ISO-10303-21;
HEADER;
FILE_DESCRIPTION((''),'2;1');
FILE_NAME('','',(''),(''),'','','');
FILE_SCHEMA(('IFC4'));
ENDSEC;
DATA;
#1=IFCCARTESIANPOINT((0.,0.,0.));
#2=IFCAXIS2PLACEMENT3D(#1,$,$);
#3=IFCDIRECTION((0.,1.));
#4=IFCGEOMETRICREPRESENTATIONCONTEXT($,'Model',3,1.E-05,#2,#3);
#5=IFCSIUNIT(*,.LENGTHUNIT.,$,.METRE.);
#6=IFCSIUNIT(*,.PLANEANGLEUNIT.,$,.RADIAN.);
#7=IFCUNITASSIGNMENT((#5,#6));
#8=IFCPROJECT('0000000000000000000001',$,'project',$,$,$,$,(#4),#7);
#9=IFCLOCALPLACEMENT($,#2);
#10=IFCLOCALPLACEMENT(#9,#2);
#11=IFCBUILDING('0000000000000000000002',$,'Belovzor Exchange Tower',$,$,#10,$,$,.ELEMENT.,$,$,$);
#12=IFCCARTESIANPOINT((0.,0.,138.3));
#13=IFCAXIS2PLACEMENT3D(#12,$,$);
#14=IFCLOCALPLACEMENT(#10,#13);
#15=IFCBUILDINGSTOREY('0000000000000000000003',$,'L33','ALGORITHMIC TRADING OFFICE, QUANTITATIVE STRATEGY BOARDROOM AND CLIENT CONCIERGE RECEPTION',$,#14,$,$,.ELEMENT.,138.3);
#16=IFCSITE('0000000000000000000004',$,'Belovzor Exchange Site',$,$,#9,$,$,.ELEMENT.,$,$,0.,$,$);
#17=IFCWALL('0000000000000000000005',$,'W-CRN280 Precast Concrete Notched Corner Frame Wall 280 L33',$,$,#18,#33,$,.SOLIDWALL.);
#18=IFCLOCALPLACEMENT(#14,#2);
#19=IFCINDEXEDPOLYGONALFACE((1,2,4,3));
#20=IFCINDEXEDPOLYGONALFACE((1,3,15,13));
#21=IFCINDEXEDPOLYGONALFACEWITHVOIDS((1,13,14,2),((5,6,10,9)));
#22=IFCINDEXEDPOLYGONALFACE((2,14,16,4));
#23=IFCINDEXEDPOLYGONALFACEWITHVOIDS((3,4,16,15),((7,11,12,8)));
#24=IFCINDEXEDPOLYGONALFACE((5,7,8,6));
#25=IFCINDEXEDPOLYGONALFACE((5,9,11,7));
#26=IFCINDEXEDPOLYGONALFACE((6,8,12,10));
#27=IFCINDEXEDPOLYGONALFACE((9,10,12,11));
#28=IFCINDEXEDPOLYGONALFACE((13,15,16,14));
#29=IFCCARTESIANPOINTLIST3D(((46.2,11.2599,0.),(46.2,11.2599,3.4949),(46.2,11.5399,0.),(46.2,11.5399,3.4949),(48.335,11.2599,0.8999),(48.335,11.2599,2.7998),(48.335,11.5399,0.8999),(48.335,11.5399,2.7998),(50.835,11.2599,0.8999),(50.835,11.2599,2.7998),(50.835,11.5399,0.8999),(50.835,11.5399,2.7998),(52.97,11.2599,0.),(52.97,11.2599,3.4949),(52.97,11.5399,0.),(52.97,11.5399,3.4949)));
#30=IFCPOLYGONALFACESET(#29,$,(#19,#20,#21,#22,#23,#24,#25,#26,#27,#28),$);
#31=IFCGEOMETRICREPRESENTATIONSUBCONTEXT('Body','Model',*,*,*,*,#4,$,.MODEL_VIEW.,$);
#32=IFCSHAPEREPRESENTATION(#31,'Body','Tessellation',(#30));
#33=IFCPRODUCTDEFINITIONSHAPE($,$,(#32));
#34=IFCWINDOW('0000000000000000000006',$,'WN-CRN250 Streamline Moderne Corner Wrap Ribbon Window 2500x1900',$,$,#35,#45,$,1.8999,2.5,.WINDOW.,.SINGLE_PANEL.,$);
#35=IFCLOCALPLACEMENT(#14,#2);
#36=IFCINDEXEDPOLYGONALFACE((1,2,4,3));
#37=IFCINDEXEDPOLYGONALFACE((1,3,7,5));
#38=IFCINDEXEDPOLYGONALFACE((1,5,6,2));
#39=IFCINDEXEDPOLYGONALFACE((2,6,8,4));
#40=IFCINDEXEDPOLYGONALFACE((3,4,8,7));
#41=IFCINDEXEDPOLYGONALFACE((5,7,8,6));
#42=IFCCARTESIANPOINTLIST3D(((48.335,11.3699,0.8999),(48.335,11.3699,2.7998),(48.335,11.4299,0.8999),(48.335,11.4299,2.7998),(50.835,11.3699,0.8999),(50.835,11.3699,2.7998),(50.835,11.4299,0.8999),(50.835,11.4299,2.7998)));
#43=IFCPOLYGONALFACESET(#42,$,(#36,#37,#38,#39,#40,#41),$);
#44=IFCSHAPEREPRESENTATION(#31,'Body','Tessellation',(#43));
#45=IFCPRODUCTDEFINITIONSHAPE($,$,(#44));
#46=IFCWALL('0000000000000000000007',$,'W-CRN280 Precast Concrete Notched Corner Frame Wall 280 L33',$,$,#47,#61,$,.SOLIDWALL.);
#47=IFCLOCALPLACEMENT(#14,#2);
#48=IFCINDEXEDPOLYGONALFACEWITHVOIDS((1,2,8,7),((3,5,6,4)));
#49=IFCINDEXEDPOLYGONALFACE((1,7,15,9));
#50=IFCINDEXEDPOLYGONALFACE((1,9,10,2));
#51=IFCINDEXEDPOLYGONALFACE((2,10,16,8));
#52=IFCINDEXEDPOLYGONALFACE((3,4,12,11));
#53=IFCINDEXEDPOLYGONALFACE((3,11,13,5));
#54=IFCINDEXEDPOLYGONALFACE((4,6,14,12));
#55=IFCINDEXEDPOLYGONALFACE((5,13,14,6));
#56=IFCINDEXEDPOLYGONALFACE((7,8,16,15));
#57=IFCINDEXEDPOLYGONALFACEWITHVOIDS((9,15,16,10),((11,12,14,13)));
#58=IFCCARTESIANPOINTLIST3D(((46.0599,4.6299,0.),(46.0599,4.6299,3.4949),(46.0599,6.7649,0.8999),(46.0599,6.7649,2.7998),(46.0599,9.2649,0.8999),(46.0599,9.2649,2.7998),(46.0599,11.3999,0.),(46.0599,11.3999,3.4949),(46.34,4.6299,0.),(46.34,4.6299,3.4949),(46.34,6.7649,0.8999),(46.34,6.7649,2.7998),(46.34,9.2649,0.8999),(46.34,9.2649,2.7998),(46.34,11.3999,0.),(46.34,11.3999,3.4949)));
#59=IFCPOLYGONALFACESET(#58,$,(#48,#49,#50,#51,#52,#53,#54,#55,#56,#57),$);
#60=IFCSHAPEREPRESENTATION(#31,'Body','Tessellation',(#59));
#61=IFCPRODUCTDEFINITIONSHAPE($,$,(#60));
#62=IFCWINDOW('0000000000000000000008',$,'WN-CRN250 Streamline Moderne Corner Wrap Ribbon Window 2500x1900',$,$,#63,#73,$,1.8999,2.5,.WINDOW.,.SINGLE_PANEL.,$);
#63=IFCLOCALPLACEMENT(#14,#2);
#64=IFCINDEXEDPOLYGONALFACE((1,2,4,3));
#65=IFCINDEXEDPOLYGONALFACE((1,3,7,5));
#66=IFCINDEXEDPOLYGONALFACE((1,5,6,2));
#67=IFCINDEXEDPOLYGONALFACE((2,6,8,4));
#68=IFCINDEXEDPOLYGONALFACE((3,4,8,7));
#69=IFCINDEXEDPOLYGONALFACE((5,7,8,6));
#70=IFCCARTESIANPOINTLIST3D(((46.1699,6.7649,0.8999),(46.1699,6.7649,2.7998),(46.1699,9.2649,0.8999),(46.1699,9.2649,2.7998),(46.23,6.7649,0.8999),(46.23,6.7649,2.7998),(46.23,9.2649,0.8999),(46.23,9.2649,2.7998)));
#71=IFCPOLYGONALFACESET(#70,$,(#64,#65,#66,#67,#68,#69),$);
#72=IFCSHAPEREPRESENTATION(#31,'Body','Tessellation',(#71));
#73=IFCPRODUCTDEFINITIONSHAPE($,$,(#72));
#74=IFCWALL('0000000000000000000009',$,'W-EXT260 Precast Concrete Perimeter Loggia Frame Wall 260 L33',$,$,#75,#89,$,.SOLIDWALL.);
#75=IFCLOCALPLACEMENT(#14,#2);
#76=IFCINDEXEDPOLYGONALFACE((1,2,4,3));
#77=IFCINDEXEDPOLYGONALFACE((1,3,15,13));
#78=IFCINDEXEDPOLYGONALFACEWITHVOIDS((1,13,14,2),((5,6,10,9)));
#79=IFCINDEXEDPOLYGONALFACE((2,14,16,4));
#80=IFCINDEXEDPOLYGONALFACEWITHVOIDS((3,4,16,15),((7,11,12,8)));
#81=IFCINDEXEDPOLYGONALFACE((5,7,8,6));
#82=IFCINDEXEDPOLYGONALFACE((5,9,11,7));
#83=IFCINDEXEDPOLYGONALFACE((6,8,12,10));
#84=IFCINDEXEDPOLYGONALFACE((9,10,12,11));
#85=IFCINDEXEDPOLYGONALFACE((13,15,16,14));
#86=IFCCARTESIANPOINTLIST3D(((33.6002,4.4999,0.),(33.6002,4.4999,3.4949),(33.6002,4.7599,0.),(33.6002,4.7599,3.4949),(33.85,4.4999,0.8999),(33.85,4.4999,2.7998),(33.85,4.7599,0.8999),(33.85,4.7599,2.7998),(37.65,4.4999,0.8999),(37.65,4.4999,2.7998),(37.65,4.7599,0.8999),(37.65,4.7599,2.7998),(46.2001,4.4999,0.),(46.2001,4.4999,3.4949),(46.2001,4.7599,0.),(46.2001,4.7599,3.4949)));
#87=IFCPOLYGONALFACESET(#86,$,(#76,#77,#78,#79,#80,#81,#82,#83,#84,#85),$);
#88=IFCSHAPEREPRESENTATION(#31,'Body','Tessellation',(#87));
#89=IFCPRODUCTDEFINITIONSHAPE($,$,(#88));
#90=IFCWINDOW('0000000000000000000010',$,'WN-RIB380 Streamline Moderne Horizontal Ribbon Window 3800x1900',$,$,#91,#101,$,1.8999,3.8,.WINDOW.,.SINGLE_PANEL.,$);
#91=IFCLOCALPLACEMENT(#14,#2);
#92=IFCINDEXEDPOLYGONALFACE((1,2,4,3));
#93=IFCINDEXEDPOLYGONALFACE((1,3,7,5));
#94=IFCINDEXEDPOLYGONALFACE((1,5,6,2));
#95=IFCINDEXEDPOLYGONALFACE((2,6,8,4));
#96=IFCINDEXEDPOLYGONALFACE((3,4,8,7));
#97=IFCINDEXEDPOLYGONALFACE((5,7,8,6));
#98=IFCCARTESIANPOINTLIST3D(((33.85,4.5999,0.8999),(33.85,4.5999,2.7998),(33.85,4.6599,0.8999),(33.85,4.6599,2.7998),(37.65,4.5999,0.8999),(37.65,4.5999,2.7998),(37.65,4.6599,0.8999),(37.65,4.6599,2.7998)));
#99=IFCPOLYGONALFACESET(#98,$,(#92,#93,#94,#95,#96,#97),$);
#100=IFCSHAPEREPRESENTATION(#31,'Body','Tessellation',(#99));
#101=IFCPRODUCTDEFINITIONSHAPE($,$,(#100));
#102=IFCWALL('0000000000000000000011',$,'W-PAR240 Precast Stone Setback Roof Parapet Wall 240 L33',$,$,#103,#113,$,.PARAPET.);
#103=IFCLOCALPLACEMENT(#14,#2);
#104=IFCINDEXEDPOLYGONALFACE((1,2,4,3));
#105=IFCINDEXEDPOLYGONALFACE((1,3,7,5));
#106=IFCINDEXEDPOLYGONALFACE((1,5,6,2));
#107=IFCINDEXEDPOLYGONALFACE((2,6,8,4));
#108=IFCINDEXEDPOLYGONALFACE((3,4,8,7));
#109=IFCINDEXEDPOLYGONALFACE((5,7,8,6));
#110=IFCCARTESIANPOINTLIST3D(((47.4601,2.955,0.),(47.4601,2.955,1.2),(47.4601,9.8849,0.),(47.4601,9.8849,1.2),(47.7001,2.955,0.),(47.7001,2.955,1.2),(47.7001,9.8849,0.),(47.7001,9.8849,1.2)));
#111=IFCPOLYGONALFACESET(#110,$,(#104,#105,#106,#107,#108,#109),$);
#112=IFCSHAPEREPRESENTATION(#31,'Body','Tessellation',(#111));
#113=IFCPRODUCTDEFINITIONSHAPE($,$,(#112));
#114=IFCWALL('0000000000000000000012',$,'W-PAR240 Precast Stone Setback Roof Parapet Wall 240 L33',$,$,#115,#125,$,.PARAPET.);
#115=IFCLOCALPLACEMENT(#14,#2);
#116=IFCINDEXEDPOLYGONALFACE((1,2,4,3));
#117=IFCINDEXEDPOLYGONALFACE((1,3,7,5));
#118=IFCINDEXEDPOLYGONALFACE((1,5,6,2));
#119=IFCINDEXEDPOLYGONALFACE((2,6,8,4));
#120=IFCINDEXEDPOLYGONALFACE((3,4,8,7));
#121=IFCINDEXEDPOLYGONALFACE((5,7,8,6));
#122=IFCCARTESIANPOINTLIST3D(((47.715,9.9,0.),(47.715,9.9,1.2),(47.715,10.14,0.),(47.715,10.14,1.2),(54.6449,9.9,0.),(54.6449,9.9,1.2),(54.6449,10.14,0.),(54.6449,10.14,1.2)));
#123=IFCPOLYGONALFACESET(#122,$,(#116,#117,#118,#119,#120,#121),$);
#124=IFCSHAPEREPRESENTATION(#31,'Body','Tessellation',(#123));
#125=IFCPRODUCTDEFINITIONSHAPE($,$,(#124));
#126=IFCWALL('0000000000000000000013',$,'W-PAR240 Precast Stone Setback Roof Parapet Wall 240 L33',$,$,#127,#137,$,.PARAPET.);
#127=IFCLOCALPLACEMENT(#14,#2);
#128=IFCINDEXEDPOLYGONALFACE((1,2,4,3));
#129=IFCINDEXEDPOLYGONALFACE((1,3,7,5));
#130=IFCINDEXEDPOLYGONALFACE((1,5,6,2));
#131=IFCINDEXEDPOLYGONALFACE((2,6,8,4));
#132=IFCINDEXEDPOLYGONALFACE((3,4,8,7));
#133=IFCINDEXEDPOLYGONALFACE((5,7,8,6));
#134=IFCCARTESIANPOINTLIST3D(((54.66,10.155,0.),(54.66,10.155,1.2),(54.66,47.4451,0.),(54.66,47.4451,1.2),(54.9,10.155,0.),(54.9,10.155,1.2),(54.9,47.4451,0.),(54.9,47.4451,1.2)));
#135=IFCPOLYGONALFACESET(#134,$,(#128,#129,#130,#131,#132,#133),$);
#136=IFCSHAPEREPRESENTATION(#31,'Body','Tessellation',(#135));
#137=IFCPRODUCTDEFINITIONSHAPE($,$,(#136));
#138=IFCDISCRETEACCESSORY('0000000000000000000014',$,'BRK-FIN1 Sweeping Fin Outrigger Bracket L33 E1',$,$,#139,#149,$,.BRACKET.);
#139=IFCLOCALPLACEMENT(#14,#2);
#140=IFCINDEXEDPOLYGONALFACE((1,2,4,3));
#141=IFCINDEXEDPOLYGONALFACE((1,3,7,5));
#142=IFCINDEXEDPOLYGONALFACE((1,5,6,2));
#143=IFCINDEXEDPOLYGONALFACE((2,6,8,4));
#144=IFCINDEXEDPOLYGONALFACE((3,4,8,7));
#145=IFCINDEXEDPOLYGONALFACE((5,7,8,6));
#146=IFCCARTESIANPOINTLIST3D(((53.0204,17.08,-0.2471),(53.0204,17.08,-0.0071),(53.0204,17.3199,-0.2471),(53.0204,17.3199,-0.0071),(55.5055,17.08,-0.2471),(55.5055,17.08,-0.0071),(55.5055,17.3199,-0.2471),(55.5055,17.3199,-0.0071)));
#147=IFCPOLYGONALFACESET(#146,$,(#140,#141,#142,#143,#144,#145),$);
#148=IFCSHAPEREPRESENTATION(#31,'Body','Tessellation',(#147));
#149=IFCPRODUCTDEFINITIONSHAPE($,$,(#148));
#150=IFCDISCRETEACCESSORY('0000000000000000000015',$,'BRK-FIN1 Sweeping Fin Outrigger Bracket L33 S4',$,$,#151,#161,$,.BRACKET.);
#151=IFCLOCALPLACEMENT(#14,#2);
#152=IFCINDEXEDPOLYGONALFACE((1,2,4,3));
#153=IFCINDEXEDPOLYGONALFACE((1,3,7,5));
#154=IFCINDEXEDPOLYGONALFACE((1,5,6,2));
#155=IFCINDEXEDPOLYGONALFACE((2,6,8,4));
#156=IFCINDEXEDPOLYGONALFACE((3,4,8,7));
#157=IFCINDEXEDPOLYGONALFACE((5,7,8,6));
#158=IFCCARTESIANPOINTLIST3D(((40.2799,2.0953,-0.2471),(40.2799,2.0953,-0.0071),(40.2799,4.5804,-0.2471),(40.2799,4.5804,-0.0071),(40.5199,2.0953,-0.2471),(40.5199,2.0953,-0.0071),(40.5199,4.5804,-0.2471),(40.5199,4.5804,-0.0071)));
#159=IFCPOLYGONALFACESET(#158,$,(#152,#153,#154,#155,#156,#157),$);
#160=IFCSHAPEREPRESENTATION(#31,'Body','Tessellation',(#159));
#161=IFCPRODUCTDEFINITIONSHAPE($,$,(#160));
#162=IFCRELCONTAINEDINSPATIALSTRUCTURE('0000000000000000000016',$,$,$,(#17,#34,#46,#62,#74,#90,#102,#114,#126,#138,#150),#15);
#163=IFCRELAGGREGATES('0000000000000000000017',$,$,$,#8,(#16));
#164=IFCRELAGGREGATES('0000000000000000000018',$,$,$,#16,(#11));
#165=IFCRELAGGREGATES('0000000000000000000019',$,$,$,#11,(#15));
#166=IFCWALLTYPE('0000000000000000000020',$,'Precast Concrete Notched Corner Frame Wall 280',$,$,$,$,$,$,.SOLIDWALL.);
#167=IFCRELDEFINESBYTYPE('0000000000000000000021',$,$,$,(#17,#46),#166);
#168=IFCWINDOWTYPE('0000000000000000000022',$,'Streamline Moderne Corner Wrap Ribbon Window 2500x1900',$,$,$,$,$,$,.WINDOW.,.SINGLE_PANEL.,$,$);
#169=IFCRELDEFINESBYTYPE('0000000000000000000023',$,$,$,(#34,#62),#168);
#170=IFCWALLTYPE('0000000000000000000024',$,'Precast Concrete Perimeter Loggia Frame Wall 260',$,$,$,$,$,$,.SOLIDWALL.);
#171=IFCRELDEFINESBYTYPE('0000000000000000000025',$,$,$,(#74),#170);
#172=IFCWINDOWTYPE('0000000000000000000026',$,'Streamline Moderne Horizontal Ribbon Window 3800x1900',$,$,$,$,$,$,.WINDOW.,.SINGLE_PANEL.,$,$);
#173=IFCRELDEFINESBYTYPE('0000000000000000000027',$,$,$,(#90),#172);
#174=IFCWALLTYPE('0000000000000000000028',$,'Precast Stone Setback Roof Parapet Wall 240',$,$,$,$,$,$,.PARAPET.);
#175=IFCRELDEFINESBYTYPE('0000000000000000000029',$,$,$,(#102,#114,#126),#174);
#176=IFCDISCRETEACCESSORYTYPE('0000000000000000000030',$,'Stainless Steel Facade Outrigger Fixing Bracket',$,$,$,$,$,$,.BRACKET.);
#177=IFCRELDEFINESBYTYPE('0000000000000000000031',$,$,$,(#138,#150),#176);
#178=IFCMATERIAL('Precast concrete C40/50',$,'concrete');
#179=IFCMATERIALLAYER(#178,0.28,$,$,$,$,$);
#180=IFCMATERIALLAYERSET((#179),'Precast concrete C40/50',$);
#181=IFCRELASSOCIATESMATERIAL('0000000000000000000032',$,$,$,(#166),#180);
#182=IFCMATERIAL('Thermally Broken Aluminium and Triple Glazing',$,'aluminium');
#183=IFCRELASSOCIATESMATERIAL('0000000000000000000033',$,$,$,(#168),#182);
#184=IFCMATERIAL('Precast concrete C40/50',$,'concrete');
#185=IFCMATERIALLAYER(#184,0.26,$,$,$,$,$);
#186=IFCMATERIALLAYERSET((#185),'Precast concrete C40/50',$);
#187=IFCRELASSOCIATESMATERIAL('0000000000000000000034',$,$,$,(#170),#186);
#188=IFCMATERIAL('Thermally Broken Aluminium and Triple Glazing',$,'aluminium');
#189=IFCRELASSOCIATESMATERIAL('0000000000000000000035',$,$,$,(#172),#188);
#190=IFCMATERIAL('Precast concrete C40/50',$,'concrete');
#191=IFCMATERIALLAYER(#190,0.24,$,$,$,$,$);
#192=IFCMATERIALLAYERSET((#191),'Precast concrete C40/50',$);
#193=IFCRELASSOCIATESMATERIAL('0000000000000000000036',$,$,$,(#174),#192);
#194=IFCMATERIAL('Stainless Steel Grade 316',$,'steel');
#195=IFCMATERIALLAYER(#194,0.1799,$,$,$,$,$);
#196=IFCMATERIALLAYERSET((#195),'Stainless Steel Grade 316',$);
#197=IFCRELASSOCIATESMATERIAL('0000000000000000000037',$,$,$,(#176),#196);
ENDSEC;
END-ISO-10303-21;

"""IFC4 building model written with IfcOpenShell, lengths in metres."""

from ifc_helpers import new_model, si_unit, direction, frame, frame_2d, origin, origin_2d, place, context, subcontext, project, spatial, rectangle, extrude, material, layer, layer_set, type_object, element, fill, save


model = new_model("IFC4")

# Units and contexts
model_context = context("Model", 3, precision=1e-05, world=origin(), true_north=direction((0.0, 1.0)))
body_context = subcontext(model_context, "Body", "Model", "MODEL_VIEW")
ifc_project = project(units=[si_unit("LENGTHUNIT", "METRE"), si_unit("PLANEANGLEUNIT", "RADIAN")], contexts=[model_context])

# Site, building, storey
site_placement = place(None, origin())
site = spatial("IfcSite", under=ifc_project, at=site_placement, Name="Belovzor Exchange Site", CompositionType="ELEMENT", RefElevation=0.0)
building_placement = place(site_placement, origin())
building = spatial("IfcBuilding", under=site, at=building_placement, Name="Belovzor Exchange Tower", CompositionType="ELEMENT")
storey_placement = place(building_placement, frame((0.0, 0.0, 138.3)))
storey = spatial("IfcBuildingStorey", under=building, at=storey_placement, Name="L33", Description="ALGORITHMIC TRADING OFFICE, QUANTITATIVE STRATEGY BOARDROOM AND CLIENT CONCIERGE RECEPTION", CompositionType="ELEMENT", Elevation=138.3)

# Walls, openings, windows
ifc_material_1 = material(Name="Precast concrete C40/50", Category="concrete")
ifc_layer_1 = layer(ifc_material_1, 0.28)
ifc_layer_set_1 = layer_set([ifc_layer_1], Name="Precast concrete C40/50")
wall_type_1 = type_object("IfcWallType", Name="Precast Concrete Notched Corner Frame Wall 280", PredefinedType="SOLIDWALL", material=ifc_layer_set_1)
wall_1_placement = place(storey_placement, frame((52.97, 11.3999, 0.0), z_axis=(0.0, 0.0, 1.0), x_axis=(-1.0, 0.0, 0.0)))
wall_1 = element("IfcWall", 1, at=wall_1_placement, inside=storey, type_object=wall_type_1, Name="W-CRN280 Precast Concrete Notched Corner Frame Wall 280 L33", PredefinedType="SOLIDWALL", context=body_context, shape_type="SweptSolid", body=[
    extrude(rectangle(XDim=6.77, YDim=0.28, at=frame_2d((3.385, 0.0))), origin(), (0.0, 0.0, 1.0), 3.4949),
])
opening_1_placement = place(wall_1_placement, frame((2.135, 0.0, 0.8999)))
opening_1 = element("IfcOpeningElement", 2, at=opening_1_placement, cuts=wall_1, PredefinedType="OPENING", context=body_context, shape_type="SweptSolid", body=[
    extrude(rectangle(XDim=2.5, YDim=1.8999, at=frame_2d((1.25, 0.95))), frame((0.0, 0.1499, 0.0), z_axis=(0.0, -1.0, 0.0), x_axis=(1.0, 0.0, 0.0)), (0.0, 0.0, 1.0), 0.3),
])
ifc_material_2 = material(Name="Thermally Broken Aluminium and Triple Glazing", Category="aluminium")
window_type_1 = type_object("IfcWindowType", Name="Streamline Moderne Corner Wrap Ribbon Window 2500x1900", PartitioningType="SINGLE_PANEL", PredefinedType="WINDOW", material=ifc_material_2)
window_1_placement = place(opening_1_placement, origin())
window_1 = element("IfcWindow", 3, at=window_1_placement, inside=storey, type_object=window_type_1, Name="WN-CRN250 Streamline Moderne Corner Wrap Ribbon Window 2500x1900", OverallHeight=1.8999, OverallWidth=2.5, PartitioningType="SINGLE_PANEL", PredefinedType="WINDOW", context=body_context, shape_type="SweptSolid", body=[
    extrude(rectangle(XDim=2.5, YDim=1.8999, at=frame_2d((1.25, 0.95))), frame((0.0, 0.03, 0.0), z_axis=(0.0, -1.0, 0.0), x_axis=(1.0, 0.0, 0.0)), (0.0, 0.0, 1.0), 0.0601),
])
fill(opening_1, window_1)
wall_2_placement = place(storey_placement, frame((46.2, 11.3999, 0.0), z_axis=(0.0, 0.0, 1.0), x_axis=(0.0, -1.0, 0.0)))
wall_2 = element("IfcWall", 4, at=wall_2_placement, inside=storey, type_object=wall_type_1, Name="W-CRN280 Precast Concrete Notched Corner Frame Wall 280 L33", PredefinedType="SOLIDWALL", context=body_context, shape_type="SweptSolid", body=[
    extrude(rectangle(XDim=6.77, YDim=0.28, at=frame_2d((3.385, 0.0))), origin(), (0.0, 0.0, 1.0), 3.4949),
])
opening_2_placement = place(wall_2_placement, frame((2.135, 0.0, 0.8999)))
opening_2 = element("IfcOpeningElement", 5, at=opening_2_placement, cuts=wall_2, PredefinedType="OPENING", context=body_context, shape_type="SweptSolid", body=[
    extrude(rectangle(XDim=2.5, YDim=1.8999, at=frame_2d((1.25, 0.95))), frame((0.0, 0.1499, 0.0), z_axis=(0.0, -1.0, 0.0), x_axis=(1.0, 0.0, 0.0)), (0.0, 0.0, 1.0), 0.3),
])
window_2_placement = place(opening_2_placement, origin())
window_2 = element("IfcWindow", 6, at=window_2_placement, inside=storey, type_object=window_type_1, Name="WN-CRN250 Streamline Moderne Corner Wrap Ribbon Window 2500x1900", OverallHeight=1.8999, OverallWidth=2.5, PartitioningType="SINGLE_PANEL", PredefinedType="WINDOW", context=body_context, shape_type="SweptSolid", body=[
    extrude(rectangle(XDim=2.5, YDim=1.8999, at=frame_2d((1.25, 0.95))), frame((0.0, 0.03, 0.0), z_axis=(0.0, -1.0, 0.0), x_axis=(1.0, 0.0, 0.0)), (0.0, 0.0, 1.0), 0.0601),
])
fill(opening_2, window_2)
ifc_material_3 = material(Name="Precast concrete C40/50", Category="concrete")
ifc_layer_2 = layer(ifc_material_3, 0.26)
ifc_layer_set_2 = layer_set([ifc_layer_2], Name="Precast concrete C40/50")
wall_type_2 = type_object("IfcWallType", Name="Precast Concrete Perimeter Loggia Frame Wall 260", PredefinedType="SOLIDWALL", material=ifc_layer_set_2)
wall_3_placement = place(storey_placement, frame((46.2, 4.6299, 0.0), z_axis=(0.0, 0.0, 1.0), x_axis=(-1.0, 0.0, 0.0)))
wall_3 = element("IfcWall", 7, at=wall_3_placement, inside=storey, type_object=wall_type_2, Name="W-EXT260 Precast Concrete Perimeter Loggia Frame Wall 260 L33", PredefinedType="SOLIDWALL", context=body_context, shape_type="SweptSolid", body=[
    extrude(rectangle(XDim=12.5999, YDim=0.26, at=frame_2d((6.2998, 0.0))), origin(), (0.0, 0.0, 1.0), 3.4949),
])
opening_3_placement = place(wall_3_placement, frame((8.55, 0.0, 0.8999)))
opening_3 = element("IfcOpeningElement", 8, at=opening_3_placement, cuts=wall_3, PredefinedType="OPENING", context=body_context, shape_type="SweptSolid", body=[
    extrude(rectangle(XDim=3.8, YDim=1.8999, at=frame_2d((1.8999, 0.95))), frame((0.0, 0.1399, 0.0), z_axis=(0.0, -1.0, 0.0), x_axis=(1.0, 0.0, 0.0)), (0.0, 0.0, 1.0), 0.28),
])
ifc_material_4 = material(Name="Thermally Broken Aluminium and Triple Glazing", Category="aluminium")
window_type_2 = type_object("IfcWindowType", Name="Streamline Moderne Horizontal Ribbon Window 3800x1900", PartitioningType="SINGLE_PANEL", PredefinedType="WINDOW", material=ifc_material_4)
window_3_placement = place(opening_3_placement, origin())
window_3 = element("IfcWindow", 9, at=window_3_placement, inside=storey, type_object=window_type_2, Name="WN-RIB380 Streamline Moderne Horizontal Ribbon Window 3800x1900", OverallHeight=1.8999, OverallWidth=3.8, PartitioningType="SINGLE_PANEL", PredefinedType="WINDOW", context=body_context, shape_type="SweptSolid", body=[
    extrude(rectangle(XDim=3.8, YDim=1.8999, at=frame_2d((1.8999, 0.95))), frame((0.0, 0.03, 0.0), z_axis=(0.0, -1.0, 0.0), x_axis=(1.0, 0.0, 0.0)), (0.0, 0.0, 1.0), 0.0601),
])
fill(opening_3, window_3)

# Walls
ifc_material_5 = material(Name="Precast concrete C40/50", Category="concrete")
ifc_layer_3 = layer(ifc_material_5, 0.24)
ifc_layer_set_3 = layer_set([ifc_layer_3], Name="Precast concrete C40/50")
wall_type_3 = type_object("IfcWallType", Name="Precast Stone Setback Roof Parapet Wall 240", PredefinedType="PARAPET", material=ifc_layer_set_3)
for number, where, z_axis, x_axis, name in (
    (10, (47.5801, 2.9551, 0.0), (0.0, 0.0, 1.0), (0.0, 1.0, 0.0), "W-PAR240 Precast Stone Setback Roof Parapet Wall 240 L33"),
    (11, (47.7151, 10.02, 0.0), (0.0, 0.0, 1.0), (1.0, 0.0, 0.0), "W-PAR240 Precast Stone Setback Roof Parapet Wall 240 L33"),
):
    element("IfcWall", number, at=place(storey_placement, frame(where, z_axis=z_axis, x_axis=x_axis)), inside=storey, type_object=wall_type_3, Name=name, PredefinedType="PARAPET", context=body_context, shape_type="SweptSolid", body=[
        extrude(rectangle(XDim=6.9299, YDim=0.24, at=frame_2d((3.4648, 0.0))), origin(), (0.0, 0.0, 1.0), 1.2),
    ])
wall_4_placement = place(storey_placement, frame((54.78, 10.155, 0.0), z_axis=(0.0, 0.0, 1.0), x_axis=(0.0, 1.0, 0.0)))
element("IfcWall", 12, at=wall_4_placement, inside=storey, type_object=wall_type_3, Name="W-PAR240 Precast Stone Setback Roof Parapet Wall 240 L33", PredefinedType="PARAPET", context=body_context, shape_type="SweptSolid", body=[
    extrude(rectangle(XDim=37.29, YDim=0.24, at=frame_2d((18.645, 0.0))), origin(), (0.0, 0.0, 1.0), 1.2),
])

# Discrete accessories
ifc_material_6 = material(Name="Stainless Steel Grade 316", Category="steel")
ifc_layer_4 = layer(ifc_material_6, 0.1799)
ifc_layer_set_4 = layer_set([ifc_layer_4], Name="Stainless Steel Grade 316")
discrete_accessory_type = type_object("IfcDiscreteAccessoryType", Name="Stainless Steel Facade Outrigger Fixing Bracket", PredefinedType="BRACKET", material=ifc_layer_set_4)
for number, where, z_axis, x_axis, name in (
    (13, (54.2629, 17.2, -0.2471), (0.0, 0.0, 1.0), (1.0, 0.0, 0.0), "BRK-FIN1 Sweeping Fin Outrigger Bracket L33 E1"),
    (14, (40.3999, 3.3379, -0.2471), (0.0, 0.0, 1.0), (0.0, 1.0, 0.0), "BRK-FIN1 Sweeping Fin Outrigger Bracket L33 S4"),
):
    element("IfcDiscreteAccessory", number, at=place(storey_placement, frame(where, z_axis=z_axis, x_axis=x_axis)), inside=storey, type_object=discrete_accessory_type, Name=name, PredefinedType="BRACKET", context=body_context, shape_type="SweptSolid", body=[
        extrude(rectangle(XDim=2.4851, YDim=0.24, at=origin_2d()), origin(), (0.0, 0.0, 1.0), 0.24),
    ])

save(model, "model.ifc")
